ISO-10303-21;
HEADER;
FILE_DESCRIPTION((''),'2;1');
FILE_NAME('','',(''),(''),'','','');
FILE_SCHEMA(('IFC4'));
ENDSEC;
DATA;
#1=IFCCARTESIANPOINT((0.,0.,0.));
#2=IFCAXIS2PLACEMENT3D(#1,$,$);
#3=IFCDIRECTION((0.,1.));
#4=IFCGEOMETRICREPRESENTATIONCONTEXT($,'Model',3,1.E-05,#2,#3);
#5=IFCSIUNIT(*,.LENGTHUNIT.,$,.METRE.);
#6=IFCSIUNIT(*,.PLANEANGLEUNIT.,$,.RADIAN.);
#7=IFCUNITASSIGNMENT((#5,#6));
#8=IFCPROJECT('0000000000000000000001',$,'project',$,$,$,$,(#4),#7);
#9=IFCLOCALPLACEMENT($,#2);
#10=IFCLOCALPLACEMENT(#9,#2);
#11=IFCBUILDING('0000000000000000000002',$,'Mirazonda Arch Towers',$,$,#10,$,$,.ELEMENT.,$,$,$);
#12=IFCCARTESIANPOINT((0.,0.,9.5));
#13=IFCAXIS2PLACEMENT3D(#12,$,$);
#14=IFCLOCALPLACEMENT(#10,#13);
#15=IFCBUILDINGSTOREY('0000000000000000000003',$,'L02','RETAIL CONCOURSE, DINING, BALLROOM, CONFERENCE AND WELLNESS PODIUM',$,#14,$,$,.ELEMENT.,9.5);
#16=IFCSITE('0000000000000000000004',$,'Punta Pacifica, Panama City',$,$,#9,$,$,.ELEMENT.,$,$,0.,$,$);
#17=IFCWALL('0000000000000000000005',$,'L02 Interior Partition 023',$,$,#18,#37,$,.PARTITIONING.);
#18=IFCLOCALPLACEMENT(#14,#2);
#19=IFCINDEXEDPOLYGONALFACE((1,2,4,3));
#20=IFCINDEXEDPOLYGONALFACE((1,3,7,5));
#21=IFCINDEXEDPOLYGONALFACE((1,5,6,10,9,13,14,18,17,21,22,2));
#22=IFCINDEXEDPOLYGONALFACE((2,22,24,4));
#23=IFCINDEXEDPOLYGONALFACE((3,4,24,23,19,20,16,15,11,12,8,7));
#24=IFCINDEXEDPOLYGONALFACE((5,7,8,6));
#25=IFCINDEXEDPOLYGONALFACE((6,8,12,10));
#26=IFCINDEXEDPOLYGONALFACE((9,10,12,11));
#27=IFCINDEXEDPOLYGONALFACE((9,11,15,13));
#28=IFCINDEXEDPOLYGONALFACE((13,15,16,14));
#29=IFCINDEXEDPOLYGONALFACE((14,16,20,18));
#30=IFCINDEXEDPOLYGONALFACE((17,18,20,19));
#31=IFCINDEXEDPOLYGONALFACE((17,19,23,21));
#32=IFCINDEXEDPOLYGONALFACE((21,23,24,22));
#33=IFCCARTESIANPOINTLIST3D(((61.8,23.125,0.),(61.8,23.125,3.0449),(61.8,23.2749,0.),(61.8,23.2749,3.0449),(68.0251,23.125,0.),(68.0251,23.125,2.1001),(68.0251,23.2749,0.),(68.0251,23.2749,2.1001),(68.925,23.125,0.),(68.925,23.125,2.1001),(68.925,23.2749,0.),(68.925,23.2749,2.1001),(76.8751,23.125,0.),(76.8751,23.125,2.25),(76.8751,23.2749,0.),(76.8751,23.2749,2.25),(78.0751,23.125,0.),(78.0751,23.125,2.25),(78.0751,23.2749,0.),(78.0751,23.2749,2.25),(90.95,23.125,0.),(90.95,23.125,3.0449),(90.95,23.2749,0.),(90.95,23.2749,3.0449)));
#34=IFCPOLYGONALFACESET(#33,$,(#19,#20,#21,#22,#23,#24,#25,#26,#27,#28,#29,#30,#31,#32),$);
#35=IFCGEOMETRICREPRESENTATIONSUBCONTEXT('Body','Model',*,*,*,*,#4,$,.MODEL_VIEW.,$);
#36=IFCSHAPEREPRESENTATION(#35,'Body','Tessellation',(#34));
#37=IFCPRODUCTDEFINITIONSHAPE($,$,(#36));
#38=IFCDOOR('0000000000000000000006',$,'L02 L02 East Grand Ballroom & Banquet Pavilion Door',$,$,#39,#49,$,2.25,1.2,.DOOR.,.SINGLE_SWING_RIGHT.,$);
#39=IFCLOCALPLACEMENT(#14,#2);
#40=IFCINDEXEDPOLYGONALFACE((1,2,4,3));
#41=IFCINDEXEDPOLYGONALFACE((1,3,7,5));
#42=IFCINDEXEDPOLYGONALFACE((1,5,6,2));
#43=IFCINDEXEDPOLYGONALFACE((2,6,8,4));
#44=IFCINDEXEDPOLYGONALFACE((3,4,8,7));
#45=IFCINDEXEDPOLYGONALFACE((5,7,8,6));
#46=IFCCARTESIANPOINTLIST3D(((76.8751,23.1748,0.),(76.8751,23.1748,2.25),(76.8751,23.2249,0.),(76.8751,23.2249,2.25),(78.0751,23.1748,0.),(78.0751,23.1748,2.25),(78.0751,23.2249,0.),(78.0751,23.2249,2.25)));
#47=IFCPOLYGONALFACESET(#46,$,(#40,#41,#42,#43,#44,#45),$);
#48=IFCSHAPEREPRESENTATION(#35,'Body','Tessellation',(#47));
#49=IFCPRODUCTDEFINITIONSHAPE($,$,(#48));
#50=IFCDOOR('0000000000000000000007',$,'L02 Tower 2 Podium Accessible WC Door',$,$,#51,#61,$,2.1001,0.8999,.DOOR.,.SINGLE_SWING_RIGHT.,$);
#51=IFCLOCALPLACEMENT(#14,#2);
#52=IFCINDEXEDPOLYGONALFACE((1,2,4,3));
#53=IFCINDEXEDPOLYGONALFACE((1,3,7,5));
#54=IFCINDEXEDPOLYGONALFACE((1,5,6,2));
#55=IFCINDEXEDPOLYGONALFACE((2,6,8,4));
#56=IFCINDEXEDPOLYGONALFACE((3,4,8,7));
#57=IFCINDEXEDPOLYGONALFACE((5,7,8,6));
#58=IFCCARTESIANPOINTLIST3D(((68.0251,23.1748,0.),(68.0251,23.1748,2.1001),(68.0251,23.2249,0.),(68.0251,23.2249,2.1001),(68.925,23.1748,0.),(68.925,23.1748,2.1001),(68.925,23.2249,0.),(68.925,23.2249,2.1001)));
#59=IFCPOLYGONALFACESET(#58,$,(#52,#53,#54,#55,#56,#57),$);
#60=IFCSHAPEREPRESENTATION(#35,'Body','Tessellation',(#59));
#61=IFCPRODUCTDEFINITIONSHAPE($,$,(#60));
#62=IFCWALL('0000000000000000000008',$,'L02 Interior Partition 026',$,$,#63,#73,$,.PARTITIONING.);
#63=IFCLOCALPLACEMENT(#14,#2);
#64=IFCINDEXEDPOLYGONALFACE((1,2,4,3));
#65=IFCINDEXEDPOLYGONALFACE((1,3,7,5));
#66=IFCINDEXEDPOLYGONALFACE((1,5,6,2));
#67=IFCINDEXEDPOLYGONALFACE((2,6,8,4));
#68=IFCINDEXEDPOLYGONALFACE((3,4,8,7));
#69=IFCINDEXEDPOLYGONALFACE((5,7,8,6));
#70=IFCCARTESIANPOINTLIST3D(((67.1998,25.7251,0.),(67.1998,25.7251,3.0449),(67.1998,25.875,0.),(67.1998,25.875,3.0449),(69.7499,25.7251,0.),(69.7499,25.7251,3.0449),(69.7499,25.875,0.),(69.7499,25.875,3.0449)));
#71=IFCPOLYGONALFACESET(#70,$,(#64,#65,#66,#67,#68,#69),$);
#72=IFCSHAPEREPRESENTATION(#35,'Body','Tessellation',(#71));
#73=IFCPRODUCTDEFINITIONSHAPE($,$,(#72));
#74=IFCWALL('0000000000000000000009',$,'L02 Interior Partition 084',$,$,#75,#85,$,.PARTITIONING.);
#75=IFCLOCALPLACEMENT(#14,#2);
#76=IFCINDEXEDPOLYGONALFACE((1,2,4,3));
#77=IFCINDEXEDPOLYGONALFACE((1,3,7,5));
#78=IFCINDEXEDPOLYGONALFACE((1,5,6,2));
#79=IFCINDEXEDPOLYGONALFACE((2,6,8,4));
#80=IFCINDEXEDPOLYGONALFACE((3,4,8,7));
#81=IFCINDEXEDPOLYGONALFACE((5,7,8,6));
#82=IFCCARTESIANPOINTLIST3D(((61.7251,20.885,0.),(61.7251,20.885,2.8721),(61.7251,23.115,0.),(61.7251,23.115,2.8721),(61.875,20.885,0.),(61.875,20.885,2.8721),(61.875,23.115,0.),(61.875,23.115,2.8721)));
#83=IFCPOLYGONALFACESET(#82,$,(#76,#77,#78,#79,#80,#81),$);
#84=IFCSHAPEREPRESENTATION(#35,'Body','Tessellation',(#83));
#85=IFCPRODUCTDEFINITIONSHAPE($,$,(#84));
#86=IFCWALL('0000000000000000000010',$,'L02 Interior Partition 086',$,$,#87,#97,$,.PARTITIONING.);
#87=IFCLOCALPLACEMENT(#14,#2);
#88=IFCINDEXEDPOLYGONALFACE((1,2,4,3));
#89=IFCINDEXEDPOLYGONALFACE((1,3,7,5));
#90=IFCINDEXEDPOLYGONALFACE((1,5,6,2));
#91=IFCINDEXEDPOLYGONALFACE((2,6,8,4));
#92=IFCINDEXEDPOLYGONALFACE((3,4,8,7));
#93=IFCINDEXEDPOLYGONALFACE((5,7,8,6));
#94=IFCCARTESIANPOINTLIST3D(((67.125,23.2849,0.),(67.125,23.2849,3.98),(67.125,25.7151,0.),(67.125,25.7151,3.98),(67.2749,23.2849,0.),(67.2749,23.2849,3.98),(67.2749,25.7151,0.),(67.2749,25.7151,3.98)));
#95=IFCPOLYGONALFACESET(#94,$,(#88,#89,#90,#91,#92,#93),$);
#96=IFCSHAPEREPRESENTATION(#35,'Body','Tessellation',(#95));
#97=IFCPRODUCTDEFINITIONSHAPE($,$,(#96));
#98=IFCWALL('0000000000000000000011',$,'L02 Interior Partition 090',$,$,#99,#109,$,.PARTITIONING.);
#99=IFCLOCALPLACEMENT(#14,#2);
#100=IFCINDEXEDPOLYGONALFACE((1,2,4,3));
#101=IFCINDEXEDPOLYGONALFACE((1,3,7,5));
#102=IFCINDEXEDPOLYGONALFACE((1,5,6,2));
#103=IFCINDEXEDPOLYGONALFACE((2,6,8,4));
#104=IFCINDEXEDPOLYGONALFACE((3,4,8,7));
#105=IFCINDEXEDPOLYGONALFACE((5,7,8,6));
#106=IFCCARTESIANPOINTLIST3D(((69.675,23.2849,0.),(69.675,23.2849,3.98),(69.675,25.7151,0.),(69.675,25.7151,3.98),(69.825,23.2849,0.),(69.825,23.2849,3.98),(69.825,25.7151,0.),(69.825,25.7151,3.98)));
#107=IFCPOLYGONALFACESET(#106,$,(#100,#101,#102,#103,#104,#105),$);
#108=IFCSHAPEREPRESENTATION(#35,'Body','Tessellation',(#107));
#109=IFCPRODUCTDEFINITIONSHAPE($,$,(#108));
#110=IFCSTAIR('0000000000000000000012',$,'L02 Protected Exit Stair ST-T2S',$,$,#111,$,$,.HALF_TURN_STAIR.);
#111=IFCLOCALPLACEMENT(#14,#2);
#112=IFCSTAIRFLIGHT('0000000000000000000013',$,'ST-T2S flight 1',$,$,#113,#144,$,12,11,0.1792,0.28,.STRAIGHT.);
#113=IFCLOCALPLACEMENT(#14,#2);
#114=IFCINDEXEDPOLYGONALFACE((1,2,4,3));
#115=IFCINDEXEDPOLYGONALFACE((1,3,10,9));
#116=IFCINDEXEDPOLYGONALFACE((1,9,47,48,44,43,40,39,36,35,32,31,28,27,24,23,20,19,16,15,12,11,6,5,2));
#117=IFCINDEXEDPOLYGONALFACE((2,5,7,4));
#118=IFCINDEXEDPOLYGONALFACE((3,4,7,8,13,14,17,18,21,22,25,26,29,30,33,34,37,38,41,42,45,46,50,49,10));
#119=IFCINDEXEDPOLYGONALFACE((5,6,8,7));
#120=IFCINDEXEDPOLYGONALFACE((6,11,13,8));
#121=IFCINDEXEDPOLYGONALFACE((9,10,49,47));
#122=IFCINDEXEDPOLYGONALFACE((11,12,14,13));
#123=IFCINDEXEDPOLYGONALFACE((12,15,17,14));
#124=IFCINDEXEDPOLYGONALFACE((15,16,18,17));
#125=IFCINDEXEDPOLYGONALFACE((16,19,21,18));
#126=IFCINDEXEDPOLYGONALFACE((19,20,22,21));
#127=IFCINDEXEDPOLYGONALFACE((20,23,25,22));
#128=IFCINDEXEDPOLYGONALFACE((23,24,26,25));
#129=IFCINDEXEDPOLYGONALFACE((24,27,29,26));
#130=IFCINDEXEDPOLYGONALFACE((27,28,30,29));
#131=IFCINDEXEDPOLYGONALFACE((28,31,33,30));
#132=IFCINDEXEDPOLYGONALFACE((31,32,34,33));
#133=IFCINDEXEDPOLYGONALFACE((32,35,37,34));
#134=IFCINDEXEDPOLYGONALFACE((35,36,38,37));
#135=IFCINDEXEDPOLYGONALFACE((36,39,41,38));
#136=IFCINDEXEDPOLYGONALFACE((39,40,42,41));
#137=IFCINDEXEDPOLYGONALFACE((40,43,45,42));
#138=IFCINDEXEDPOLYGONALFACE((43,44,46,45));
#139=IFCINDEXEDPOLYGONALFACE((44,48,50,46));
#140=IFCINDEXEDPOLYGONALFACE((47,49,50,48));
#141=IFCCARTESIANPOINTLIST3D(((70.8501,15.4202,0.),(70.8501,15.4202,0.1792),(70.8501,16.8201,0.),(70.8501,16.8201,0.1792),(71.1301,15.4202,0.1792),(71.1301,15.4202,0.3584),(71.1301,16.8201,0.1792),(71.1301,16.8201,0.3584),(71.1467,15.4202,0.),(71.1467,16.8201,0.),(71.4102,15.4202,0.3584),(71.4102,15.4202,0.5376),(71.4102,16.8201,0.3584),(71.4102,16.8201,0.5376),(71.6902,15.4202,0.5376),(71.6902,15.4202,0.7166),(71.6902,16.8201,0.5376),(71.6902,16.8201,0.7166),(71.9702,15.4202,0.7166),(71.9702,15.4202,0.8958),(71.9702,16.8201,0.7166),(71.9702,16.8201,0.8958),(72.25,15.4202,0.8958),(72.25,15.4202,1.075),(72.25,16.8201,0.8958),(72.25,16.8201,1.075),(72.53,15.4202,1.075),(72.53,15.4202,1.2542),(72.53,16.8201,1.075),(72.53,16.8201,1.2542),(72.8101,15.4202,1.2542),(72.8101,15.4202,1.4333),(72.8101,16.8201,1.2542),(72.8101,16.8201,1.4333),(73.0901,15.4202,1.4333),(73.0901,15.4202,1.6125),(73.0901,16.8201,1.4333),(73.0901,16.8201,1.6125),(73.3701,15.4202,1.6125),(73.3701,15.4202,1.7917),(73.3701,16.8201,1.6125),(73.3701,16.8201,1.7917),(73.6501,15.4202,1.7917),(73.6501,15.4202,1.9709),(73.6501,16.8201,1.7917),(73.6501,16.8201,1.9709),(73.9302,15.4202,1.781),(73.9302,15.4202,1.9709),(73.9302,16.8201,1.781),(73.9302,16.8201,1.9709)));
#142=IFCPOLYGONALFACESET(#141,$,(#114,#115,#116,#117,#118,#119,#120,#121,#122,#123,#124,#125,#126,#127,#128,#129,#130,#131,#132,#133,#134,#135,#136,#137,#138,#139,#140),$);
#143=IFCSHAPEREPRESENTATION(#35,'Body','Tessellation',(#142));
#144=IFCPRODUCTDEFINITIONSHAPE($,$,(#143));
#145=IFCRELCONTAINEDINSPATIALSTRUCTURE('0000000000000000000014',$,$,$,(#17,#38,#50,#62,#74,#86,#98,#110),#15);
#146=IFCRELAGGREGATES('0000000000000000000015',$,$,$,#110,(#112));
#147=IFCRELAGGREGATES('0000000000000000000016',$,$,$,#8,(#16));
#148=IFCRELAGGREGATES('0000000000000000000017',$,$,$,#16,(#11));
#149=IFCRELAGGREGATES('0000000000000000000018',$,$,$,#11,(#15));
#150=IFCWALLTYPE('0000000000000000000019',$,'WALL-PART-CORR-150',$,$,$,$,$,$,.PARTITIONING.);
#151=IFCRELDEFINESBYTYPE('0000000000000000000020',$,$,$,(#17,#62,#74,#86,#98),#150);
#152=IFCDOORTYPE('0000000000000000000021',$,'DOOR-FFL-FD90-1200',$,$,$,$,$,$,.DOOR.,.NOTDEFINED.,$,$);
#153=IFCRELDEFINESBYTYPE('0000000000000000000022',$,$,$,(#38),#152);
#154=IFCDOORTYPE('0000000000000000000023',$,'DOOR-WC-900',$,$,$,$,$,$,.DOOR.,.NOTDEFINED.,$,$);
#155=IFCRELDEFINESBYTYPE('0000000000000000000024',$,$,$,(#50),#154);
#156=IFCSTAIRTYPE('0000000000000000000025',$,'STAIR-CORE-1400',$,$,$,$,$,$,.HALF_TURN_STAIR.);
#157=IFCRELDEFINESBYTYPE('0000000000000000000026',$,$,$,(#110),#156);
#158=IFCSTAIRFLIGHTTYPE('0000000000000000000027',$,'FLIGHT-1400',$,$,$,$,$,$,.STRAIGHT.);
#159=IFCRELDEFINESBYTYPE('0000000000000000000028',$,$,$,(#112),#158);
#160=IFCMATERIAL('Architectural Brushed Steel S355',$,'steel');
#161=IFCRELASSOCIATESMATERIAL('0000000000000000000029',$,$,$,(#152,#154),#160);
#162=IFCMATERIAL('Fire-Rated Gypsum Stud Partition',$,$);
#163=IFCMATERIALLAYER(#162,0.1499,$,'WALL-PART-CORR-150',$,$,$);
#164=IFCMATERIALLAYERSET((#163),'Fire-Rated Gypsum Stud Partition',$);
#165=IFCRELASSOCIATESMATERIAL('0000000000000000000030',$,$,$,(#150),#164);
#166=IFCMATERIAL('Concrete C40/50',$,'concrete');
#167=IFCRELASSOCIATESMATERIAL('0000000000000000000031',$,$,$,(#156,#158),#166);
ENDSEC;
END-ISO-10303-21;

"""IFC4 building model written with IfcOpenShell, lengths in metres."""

from ifc_helpers import new_model, si_unit, direction, frame, frame_2d, origin, place, context, subcontext, project, spatial, polyline, rectangle, outline, extrude, material, layer, layer_set, type_object, element, fill, aggregate, save


model = new_model("IFC4")

# Units and contexts
model_context = context("Model", 3, precision=1e-05, world=origin(), true_north=direction((0.0, 1.0)))
body_context = subcontext(model_context, "Body", "Model", "MODEL_VIEW")
ifc_project = project(units=[si_unit("LENGTHUNIT", "METRE"), si_unit("PLANEANGLEUNIT", "RADIAN")], contexts=[model_context])

# Site, building, storey
site_placement = place(None, origin())
site = spatial("IfcSite", under=ifc_project, at=site_placement, Name="Punta Pacifica, Panama City", CompositionType="ELEMENT", RefElevation=0.0)
building_placement = place(site_placement, origin())
building = spatial("IfcBuilding", under=site, at=building_placement, Name="Mirazonda Arch Towers", CompositionType="ELEMENT")
storey_placement = place(building_placement, frame((0.0, 0.0, 9.5)))
storey = spatial("IfcBuildingStorey", under=building, at=storey_placement, Name="L02", Description="RETAIL CONCOURSE, DINING, BALLROOM, CONFERENCE AND WELLNESS PODIUM", CompositionType="ELEMENT", Elevation=9.5)

# Shared definitions
ifc_material_1 = material(Name="Architectural Brushed Steel S355", Category="steel")

# Shared definitions
door_type_1 = type_object("IfcDoorType", Name="DOOR-FFL-FD90-1200", OperationType="NOTDEFINED", PredefinedType="DOOR", material=ifc_material_1)

# Shared definitions
ifc_material_2 = material(Name="Fire-Rated Gypsum Stud Partition")
ifc_layer_1 = layer(ifc_material_2, 0.1499, Name="WALL-PART-CORR-150")
ifc_layer_set_1 = layer_set([ifc_layer_1], Name="Fire-Rated Gypsum Stud Partition")
wall_type_1 = type_object("IfcWallType", Name="WALL-PART-CORR-150", PredefinedType="PARTITIONING", material=ifc_layer_set_1)

# Wall, openings, doors
wall_1_placement = place(storey_placement, frame((61.8, 23.2, 0.0), z_axis=(0.0, 0.0, 1.0), x_axis=(1.0, 0.0, 0.0)))
wall_1 = element("IfcWall", 1, at=wall_1_placement, inside=storey, type_object=wall_type_1, Name="L02 Interior Partition 023", PredefinedType="PARTITIONING", context=body_context, shape_type="SweptSolid", body=[
    extrude(rectangle(XDim=29.1499, YDim=0.1499, at=frame_2d((14.575, 0.0))), origin(), (0.0, 0.0, 1.0), 3.0449),
])
opening_1_placement = place(wall_1_placement, frame((6.2251, 0.0, 0.0)))
opening_1 = element("IfcOpeningElement", 2, at=opening_1_placement, cuts=wall_1, PredefinedType="OPENING", context=body_context, shape_type="SweptSolid", body=[
    extrude(rectangle(XDim=0.8999, YDim=2.1001, at=frame_2d((0.45, 1.05))), frame((0.0, 0.085, 0.0), z_axis=(0.0, -1.0, 0.0), x_axis=(1.0, 0.0, 0.0)), (0.0, 0.0, 1.0), 0.1699),
])
opening_2_placement = place(wall_1_placement, frame((15.075, 0.0, 0.0)))
opening_2 = element("IfcOpeningElement", 3, at=opening_2_placement, cuts=wall_1, PredefinedType="OPENING", context=body_context, shape_type="SweptSolid", body=[
    extrude(rectangle(XDim=1.2, YDim=2.25, at=frame_2d((0.6001, 1.125))), frame((0.0, 0.085, 0.0), z_axis=(0.0, -1.0, 0.0), x_axis=(1.0, 0.0, 0.0)), (0.0, 0.0, 1.0), 0.1699),
])
door_1_placement = place(opening_2_placement, origin())
door_1 = element("IfcDoor", 4, at=door_1_placement, inside=storey, type_object=door_type_1, Name="L02 L02 East Grand Ballroom & Banquet Pavilion Door", OperationType="SINGLE_SWING_RIGHT", OverallHeight=2.25, OverallWidth=1.2, PredefinedType="DOOR", context=body_context, shape_type="SweptSolid", body=[
    extrude(rectangle(XDim=1.2, YDim=2.25, at=frame_2d((0.6001, 1.125))), frame((0.0, 0.0249, 0.0), z_axis=(0.0, -1.0, 0.0), x_axis=(1.0, 0.0, 0.0)), (0.0, 0.0, 1.0), 0.05),
])
fill(opening_2, door_1)
door_type_2 = type_object("IfcDoorType", Name="DOOR-WC-900", OperationType="NOTDEFINED", PredefinedType="DOOR", material=ifc_material_1)
door_2_placement = place(opening_1_placement, origin())
door_2 = element("IfcDoor", 5, at=door_2_placement, inside=storey, type_object=door_type_2, Name="L02 Tower 2 Podium Accessible WC Door", OperationType="SINGLE_SWING_RIGHT", OverallHeight=2.1001, OverallWidth=0.8999, PredefinedType="DOOR", context=body_context, shape_type="SweptSolid", body=[
    extrude(rectangle(XDim=0.8999, YDim=2.1001, at=frame_2d((0.45, 1.05))), frame((0.0, 0.0249, 0.0), z_axis=(0.0, -1.0, 0.0), x_axis=(1.0, 0.0, 0.0)), (0.0, 0.0, 1.0), 0.05),
])
fill(opening_1, door_2)

# Walls
wall_2_placement = place(storey_placement, frame((67.2, 25.8, 0.0), z_axis=(0.0, 0.0, 1.0), x_axis=(1.0, 0.0, 0.0)))
element("IfcWall", 6, at=wall_2_placement, inside=storey, type_object=wall_type_1, Name="L02 Interior Partition 026", PredefinedType="PARTITIONING", context=body_context, shape_type="SweptSolid", body=[
    extrude(rectangle(XDim=2.55, YDim=0.1499, at=frame_2d((1.2749, 0.0))), origin(), (0.0, 0.0, 1.0), 3.0449),
])
wall_3_placement = place(storey_placement, frame((61.8, 20.885, 0.0), z_axis=(0.0, 0.0, 1.0), x_axis=(0.0, 1.0, 0.0)))
element("IfcWall", 7, at=wall_3_placement, inside=storey, type_object=wall_type_1, Name="L02 Interior Partition 084", PredefinedType="PARTITIONING", context=body_context, shape_type="SweptSolid", body=[
    extrude(rectangle(XDim=2.23, YDim=0.1499, at=frame_2d((1.115, 0.0))), origin(), (0.0, 0.0, 1.0), 2.8721),
])
for number, where, z_axis, x_axis, name in (
    (8, (67.2, 23.2849, 0.0), (0.0, 0.0, 1.0), (0.0, 1.0, 0.0), "L02 Interior Partition 086"),
    (9, (69.75, 23.2849, 0.0), (0.0, 0.0, 1.0), (0.0, 1.0, 0.0), "L02 Interior Partition 090"),
):
    element("IfcWall", number, at=place(storey_placement, frame(where, z_axis=z_axis, x_axis=x_axis)), inside=storey, type_object=wall_type_1, Name=name, PredefinedType="PARTITIONING", context=body_context, shape_type="SweptSolid", body=[
        extrude(rectangle(XDim=2.4302, YDim=0.1499, at=frame_2d((1.2151, 0.0))), origin(), (0.0, 0.0, 1.0), 3.98),
    ])

# Stair, stair flight
ifc_material_3 = material(Name="Concrete C40/50", Category="concrete")
stair_type = type_object("IfcStairType", Name="STAIR-CORE-1400", PredefinedType="HALF_TURN_STAIR", material=ifc_material_3)
stair_placement = place(storey_placement, origin())
stair = element("IfcStair", 10, at=stair_placement, inside=storey, type_object=stair_type, Name="L02 Protected Exit Stair ST-T2S", PredefinedType="HALF_TURN_STAIR")
stair_flight_type = type_object("IfcStairFlightType", Name="FLIGHT-1400", PredefinedType="STRAIGHT", material=ifc_material_3)
stair_flight_placement = place(storey_placement, frame((70.8501, 16.1201, 0.0), z_axis=(0.0, 0.0, 1.0), x_axis=(1.0, 0.0, 0.0)))
stair_flight = element("IfcStairFlight", 11, at=stair_flight_placement, type_object=stair_flight_type, Name="ST-T2S flight 1", NumberOfRisers=12, NumberOfTreads=11, PredefinedType="STRAIGHT", RiserHeight=0.1792, TreadLength=0.28, context=body_context, shape_type="SweptSolid", body=[
    extrude(outline(polyline([(0.0, 0.0), (0.0, 0.1792), (0.28, 0.1792), (0.28, 0.3584), (0.5601, 0.3584), (0.5601, 0.5376), (0.8401, 0.5376), (0.8401, 0.7166), (1.1201, 0.7166), (1.1201, 0.8958), (1.3999, 0.8958), (1.3999, 1.075), (1.6799, 1.075), (1.6799, 1.2542), (1.96, 1.2542), (1.96, 1.4333), (2.24, 1.4333), (2.24, 1.6125), (2.52, 1.6125), (2.52, 1.7917), (2.8, 1.7917), (2.8, 1.9709), (3.0801, 1.9709), (3.0801, 2.1499), (3.0801, 1.781), (0.2966, 0.0), (0.0, 0.0)])), frame((0.0, 0.7, 0.0), z_axis=(0.0, -1.0, 0.0), x_axis=(1.0, 0.0, 0.0)), (0.0, 0.0, 1.0), 1.3999),
])
aggregate(stair, [stair_flight])

save(model, "model.ifc")
